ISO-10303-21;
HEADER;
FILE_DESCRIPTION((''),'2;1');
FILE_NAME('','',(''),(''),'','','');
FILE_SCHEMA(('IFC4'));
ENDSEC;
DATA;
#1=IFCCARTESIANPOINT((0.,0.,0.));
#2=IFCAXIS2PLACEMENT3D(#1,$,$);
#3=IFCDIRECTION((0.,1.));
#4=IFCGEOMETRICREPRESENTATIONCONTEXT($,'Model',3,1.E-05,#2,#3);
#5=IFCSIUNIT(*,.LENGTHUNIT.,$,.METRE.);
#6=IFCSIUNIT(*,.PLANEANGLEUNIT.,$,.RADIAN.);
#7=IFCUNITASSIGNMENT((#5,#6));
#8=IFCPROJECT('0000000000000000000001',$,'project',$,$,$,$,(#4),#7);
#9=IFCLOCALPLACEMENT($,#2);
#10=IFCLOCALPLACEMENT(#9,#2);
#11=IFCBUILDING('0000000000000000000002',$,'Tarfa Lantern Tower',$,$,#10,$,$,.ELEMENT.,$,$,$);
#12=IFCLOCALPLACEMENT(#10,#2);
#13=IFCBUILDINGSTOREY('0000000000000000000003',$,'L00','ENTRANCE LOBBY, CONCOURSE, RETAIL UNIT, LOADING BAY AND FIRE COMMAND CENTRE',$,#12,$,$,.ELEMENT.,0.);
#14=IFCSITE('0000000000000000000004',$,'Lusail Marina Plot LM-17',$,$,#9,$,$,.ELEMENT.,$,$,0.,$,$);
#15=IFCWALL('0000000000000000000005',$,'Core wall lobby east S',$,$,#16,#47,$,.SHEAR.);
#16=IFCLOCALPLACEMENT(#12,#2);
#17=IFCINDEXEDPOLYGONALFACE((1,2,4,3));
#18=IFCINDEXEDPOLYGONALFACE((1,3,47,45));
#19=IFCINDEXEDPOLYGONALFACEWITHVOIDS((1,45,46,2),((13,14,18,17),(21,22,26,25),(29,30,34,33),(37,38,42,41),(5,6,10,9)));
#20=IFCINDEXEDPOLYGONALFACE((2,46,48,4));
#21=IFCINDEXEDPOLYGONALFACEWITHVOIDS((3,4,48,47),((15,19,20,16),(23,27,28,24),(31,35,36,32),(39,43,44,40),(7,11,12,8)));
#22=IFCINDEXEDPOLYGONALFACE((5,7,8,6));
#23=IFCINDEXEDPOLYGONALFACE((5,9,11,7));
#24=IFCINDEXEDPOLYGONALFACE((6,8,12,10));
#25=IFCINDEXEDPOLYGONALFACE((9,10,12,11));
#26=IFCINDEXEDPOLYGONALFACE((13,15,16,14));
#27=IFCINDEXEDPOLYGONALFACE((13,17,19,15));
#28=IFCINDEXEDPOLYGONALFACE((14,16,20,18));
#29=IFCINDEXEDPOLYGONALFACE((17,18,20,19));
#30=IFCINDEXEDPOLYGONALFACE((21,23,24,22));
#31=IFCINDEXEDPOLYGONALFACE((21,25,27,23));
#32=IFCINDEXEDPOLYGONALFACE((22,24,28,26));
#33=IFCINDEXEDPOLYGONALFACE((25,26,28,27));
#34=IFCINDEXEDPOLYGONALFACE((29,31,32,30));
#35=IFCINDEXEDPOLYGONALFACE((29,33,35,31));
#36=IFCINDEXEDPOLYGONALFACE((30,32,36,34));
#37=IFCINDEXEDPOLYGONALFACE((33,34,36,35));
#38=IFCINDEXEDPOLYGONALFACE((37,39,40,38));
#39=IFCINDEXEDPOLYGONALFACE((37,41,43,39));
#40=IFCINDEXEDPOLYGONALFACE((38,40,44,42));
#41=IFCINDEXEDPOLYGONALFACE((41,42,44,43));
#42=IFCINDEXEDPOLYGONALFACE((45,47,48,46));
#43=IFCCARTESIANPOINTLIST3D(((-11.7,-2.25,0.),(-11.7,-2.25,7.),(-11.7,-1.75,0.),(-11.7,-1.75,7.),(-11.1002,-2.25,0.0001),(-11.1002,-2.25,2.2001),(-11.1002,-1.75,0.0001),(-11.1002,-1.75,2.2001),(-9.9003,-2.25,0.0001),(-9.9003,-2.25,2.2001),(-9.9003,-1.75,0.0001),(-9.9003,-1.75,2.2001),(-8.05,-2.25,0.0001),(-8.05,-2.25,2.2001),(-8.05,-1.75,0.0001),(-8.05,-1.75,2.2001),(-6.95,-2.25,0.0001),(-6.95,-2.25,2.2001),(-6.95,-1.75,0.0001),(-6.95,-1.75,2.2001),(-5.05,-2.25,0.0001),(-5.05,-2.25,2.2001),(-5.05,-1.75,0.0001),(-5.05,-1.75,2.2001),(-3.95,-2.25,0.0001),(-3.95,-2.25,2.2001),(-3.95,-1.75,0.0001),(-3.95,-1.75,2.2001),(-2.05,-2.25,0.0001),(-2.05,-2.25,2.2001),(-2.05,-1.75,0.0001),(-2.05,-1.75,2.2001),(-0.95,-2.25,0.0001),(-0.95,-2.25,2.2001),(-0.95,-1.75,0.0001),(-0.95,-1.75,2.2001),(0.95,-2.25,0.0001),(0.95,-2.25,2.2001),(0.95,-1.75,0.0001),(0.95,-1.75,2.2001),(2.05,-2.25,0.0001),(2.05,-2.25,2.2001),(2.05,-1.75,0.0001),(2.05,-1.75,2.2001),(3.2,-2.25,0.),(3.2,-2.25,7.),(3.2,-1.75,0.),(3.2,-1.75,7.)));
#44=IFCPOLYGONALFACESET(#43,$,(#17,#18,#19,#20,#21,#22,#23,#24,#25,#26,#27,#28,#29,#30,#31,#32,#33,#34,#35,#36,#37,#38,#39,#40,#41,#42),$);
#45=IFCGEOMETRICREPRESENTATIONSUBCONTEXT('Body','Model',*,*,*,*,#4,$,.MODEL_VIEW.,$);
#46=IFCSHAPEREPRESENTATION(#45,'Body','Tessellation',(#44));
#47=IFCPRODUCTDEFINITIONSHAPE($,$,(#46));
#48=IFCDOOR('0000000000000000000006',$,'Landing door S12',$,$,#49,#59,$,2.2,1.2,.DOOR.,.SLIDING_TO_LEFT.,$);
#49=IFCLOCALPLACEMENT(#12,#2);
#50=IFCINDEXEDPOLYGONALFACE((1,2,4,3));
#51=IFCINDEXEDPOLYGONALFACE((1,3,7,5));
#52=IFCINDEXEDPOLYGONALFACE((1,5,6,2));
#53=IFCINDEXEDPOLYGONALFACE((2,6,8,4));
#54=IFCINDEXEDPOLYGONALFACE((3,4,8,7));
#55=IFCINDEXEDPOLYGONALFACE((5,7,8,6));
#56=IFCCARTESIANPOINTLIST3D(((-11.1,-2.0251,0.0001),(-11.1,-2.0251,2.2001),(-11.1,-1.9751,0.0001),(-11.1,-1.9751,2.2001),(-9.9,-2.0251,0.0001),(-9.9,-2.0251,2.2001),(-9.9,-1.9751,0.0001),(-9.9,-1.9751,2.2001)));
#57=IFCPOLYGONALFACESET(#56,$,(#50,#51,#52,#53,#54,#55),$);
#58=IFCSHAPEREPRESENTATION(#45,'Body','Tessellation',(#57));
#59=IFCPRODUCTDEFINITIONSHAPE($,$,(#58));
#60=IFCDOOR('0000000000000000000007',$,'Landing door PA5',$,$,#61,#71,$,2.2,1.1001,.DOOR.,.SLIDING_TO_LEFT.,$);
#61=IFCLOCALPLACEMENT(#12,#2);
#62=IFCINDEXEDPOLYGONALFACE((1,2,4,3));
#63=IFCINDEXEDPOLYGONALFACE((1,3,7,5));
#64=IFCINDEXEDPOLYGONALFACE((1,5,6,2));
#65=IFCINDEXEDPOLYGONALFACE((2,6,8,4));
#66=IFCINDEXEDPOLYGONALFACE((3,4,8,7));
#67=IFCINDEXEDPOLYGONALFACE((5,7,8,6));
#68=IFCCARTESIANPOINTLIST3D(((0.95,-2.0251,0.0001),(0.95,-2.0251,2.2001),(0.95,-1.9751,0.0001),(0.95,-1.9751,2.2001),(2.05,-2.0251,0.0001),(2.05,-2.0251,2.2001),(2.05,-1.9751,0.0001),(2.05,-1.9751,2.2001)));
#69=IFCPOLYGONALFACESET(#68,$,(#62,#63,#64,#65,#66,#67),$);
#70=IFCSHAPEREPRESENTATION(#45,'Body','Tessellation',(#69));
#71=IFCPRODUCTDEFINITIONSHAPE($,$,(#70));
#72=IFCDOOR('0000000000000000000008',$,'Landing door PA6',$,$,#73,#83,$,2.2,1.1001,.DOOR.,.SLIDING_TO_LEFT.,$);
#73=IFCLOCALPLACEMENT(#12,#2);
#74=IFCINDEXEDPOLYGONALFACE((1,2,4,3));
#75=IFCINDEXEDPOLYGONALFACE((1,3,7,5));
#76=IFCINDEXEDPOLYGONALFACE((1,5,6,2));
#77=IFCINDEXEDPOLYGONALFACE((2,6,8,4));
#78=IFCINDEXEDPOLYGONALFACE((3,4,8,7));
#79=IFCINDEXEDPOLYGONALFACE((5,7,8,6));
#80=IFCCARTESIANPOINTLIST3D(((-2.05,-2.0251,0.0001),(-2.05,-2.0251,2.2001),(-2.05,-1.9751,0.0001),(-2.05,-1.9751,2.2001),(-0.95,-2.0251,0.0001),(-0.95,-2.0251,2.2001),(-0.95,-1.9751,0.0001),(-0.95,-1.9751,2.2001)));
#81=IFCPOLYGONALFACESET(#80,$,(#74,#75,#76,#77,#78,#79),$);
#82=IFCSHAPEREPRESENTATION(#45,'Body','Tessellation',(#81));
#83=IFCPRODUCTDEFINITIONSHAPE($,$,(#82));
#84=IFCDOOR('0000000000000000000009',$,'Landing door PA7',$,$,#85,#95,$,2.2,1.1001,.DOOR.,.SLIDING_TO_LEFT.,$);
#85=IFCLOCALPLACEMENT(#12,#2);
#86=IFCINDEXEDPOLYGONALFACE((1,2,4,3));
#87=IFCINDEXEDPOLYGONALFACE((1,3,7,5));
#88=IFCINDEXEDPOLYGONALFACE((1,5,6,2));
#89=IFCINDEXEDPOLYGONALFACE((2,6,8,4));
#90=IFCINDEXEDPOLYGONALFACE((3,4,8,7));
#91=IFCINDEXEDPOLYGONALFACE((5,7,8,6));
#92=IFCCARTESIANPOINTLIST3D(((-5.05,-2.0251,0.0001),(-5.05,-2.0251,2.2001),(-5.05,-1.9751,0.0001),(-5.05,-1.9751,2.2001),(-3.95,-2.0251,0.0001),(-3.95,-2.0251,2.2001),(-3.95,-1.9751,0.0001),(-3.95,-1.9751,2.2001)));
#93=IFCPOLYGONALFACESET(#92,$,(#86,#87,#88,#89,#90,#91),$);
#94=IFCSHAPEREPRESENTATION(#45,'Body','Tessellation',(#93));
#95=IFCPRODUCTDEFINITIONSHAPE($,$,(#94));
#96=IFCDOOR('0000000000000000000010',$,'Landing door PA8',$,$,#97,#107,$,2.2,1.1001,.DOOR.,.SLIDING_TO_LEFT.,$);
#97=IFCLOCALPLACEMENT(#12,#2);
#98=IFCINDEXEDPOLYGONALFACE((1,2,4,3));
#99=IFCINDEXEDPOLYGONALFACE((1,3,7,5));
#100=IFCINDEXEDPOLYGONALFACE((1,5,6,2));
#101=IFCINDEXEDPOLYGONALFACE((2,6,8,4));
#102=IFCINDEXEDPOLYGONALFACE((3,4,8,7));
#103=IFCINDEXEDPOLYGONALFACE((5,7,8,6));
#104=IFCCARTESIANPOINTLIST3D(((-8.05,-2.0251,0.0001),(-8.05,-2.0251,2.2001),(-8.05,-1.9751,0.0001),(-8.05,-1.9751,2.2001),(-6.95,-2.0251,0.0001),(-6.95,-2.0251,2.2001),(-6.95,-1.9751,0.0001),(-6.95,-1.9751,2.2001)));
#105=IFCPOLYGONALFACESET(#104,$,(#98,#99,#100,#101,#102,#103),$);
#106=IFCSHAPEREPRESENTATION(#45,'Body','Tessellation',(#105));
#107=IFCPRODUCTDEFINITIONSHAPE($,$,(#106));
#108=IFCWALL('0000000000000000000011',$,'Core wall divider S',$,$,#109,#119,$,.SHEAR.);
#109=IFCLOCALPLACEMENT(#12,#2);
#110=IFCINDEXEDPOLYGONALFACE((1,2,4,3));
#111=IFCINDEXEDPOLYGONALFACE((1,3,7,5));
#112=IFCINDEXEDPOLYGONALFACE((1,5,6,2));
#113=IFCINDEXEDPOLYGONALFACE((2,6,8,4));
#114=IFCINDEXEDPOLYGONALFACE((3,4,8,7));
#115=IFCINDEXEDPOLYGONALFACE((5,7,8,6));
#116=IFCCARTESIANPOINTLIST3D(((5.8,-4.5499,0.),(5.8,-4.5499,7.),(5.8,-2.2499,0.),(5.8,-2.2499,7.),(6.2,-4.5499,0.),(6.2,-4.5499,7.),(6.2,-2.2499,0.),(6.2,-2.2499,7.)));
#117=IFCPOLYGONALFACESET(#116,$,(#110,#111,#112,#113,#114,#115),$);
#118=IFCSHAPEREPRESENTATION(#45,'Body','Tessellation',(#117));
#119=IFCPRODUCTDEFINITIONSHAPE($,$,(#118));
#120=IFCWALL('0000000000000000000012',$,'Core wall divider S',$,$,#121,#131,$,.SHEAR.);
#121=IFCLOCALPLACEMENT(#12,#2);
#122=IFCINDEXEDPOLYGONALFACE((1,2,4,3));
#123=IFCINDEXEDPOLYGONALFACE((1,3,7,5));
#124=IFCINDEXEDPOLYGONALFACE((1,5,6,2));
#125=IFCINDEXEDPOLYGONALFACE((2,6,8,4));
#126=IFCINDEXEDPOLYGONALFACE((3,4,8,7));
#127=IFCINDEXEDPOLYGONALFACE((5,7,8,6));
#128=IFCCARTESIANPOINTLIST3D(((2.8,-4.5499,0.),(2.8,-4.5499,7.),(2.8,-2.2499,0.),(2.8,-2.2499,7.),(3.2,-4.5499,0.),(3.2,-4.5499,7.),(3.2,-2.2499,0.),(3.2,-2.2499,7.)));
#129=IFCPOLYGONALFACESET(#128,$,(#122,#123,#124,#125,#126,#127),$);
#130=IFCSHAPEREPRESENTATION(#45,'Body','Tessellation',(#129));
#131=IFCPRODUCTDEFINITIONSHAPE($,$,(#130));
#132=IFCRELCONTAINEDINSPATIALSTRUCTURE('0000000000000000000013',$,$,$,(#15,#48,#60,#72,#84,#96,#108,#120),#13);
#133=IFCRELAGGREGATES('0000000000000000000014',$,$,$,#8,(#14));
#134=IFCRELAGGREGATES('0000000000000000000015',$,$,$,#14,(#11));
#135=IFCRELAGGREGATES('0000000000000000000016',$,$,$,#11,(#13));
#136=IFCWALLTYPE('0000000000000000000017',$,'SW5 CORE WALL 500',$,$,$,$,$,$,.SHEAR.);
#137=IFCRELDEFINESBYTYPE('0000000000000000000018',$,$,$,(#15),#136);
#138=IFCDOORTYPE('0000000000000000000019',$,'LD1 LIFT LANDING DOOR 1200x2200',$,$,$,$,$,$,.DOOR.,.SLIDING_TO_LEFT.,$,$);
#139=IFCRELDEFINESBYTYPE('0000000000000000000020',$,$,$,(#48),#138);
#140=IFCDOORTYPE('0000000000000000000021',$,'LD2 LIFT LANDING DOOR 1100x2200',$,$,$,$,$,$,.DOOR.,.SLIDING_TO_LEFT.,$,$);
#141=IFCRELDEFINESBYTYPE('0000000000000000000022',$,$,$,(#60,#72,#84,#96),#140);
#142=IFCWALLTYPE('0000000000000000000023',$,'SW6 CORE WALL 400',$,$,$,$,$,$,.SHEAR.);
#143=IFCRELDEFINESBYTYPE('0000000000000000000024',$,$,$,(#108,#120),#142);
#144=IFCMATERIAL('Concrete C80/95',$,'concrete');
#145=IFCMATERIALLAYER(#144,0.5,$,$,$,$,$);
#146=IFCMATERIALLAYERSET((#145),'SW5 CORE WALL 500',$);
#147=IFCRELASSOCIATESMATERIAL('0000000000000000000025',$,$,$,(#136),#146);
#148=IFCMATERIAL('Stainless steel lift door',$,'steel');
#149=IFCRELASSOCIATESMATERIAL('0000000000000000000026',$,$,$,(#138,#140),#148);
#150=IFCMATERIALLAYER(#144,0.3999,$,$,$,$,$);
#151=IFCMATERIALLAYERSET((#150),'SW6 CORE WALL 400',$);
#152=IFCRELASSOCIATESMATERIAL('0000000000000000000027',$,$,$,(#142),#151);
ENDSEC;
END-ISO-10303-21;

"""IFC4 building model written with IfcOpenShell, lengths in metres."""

from ifc_helpers import new_model, si_unit, direction, frame, frame_2d, origin, place, context, subcontext, project, spatial, rectangle, extrude, material, layer, layer_set, type_object, element, fill, save


model = new_model("IFC4")

# Units and contexts
model_context = context("Model", 3, precision=1e-05, world=origin(), true_north=direction((0.0, 1.0)))
body_context = subcontext(model_context, "Body", "Model", "MODEL_VIEW")
ifc_project = project(units=[si_unit("LENGTHUNIT", "METRE"), si_unit("PLANEANGLEUNIT", "RADIAN")], contexts=[model_context])

# Site, building, storey
site_placement = place(None, origin())
site = spatial("IfcSite", under=ifc_project, at=site_placement, Name="Lusail Marina Plot LM-17", CompositionType="ELEMENT", RefElevation=0.0)
building_placement = place(site_placement, origin())
building = spatial("IfcBuilding", under=site, at=building_placement, Name="Tarfa Lantern Tower", CompositionType="ELEMENT")
storey_placement = place(building_placement, origin())
storey = spatial("IfcBuildingStorey", under=building, at=storey_placement, Name="L00", Description="ENTRANCE LOBBY, CONCOURSE, RETAIL UNIT, LOADING BAY AND FIRE COMMAND CENTRE", CompositionType="ELEMENT", Elevation=0.0)

# Shared definitions
ifc_material_1 = material(Name="Concrete C80/95", Category="concrete")

# Wall, openings, doors
ifc_layer_1 = layer(ifc_material_1, 0.5)
ifc_layer_set_1 = layer_set([ifc_layer_1], Name="SW5 CORE WALL 500")
wall_type_1 = type_object("IfcWallType", Name="SW5 CORE WALL 500", PredefinedType="SHEAR", material=ifc_layer_set_1)
wall_1_placement = place(storey_placement, frame((3.2, -2.0, 0.0), z_axis=(0.0, 0.0, 1.0), x_axis=(-1.0, 0.0, 0.0)))
wall_1 = element("IfcWall", 1, at=wall_1_placement, inside=storey, type_object=wall_type_1, Name="Core wall lobby east S", PredefinedType="SHEAR", context=body_context, shape_type="SweptSolid", body=[
    extrude(rectangle(XDim=14.8999, YDim=0.5, at=frame_2d((7.45, 0.0))), origin(), (0.0, 0.0, 1.0), 7.0),
])
opening_1_placement = place(wall_1_placement, frame((1.1499, 0.0, 0.0)))
opening_1 = element("IfcOpeningElement", 2, at=opening_1_placement, cuts=wall_1, PredefinedType="OPENING", context=body_context, shape_type="SweptSolid", body=[
    extrude(rectangle(XDim=1.1001, YDim=2.2, at=frame_2d((0.55, 1.1001))), frame((0.0, 0.26, 0.0), z_axis=(0.0, -1.0, 0.0), x_axis=(1.0, 0.0, 0.0)), (0.0, 0.0, 1.0), 0.52),
])
opening_2_placement = place(wall_1_placement, frame((4.1499, 0.0, 0.0)))
opening_2 = element("IfcOpeningElement", 3, at=opening_2_placement, cuts=wall_1, PredefinedType="OPENING", context=body_context, shape_type="SweptSolid", body=[
    extrude(rectangle(XDim=1.1001, YDim=2.2, at=frame_2d((0.55, 1.1001))), frame((0.0, 0.26, 0.0), z_axis=(0.0, -1.0, 0.0), x_axis=(1.0, 0.0, 0.0)), (0.0, 0.0, 1.0), 0.52),
])
opening_3_placement = place(wall_1_placement, frame((7.1499, 0.0, 0.0)))
opening_3 = element("IfcOpeningElement", 4, at=opening_3_placement, cuts=wall_1, PredefinedType="OPENING", context=body_context, shape_type="SweptSolid", body=[
    extrude(rectangle(XDim=1.1001, YDim=2.2, at=frame_2d((0.55, 1.1001))), frame((0.0, 0.26, 0.0), z_axis=(0.0, -1.0, 0.0), x_axis=(1.0, 0.0, 0.0)), (0.0, 0.0, 1.0), 0.52),
])
opening_4_placement = place(wall_1_placement, frame((10.1499, 0.0, 0.0)))
opening_4 = element("IfcOpeningElement", 5, at=opening_4_placement, cuts=wall_1, PredefinedType="OPENING", context=body_context, shape_type="SweptSolid", body=[
    extrude(rectangle(XDim=1.1001, YDim=2.2, at=frame_2d((0.55, 1.1001))), frame((0.0, 0.26, 0.0), z_axis=(0.0, -1.0, 0.0), x_axis=(1.0, 0.0, 0.0)), (0.0, 0.0, 1.0), 0.52),
])
opening_5_placement = place(wall_1_placement, frame((13.1001, 0.0, 0.0)))
opening_5 = element("IfcOpeningElement", 6, at=opening_5_placement, cuts=wall_1, PredefinedType="OPENING", context=body_context, shape_type="SweptSolid", body=[
    extrude(rectangle(XDim=1.2, YDim=2.2, at=frame_2d((0.6001, 1.1001))), frame((0.0, 0.26, 0.0), z_axis=(0.0, -1.0, 0.0), x_axis=(1.0, 0.0, 0.0)), (0.0, 0.0, 1.0), 0.52),
])
ifc_material_2 = material(Name="Stainless steel lift door", Category="steel")
door_type_1 = type_object("IfcDoorType", Name="LD1 LIFT LANDING DOOR 1200x2200", OperationType="SLIDING_TO_LEFT", PredefinedType="DOOR", material=ifc_material_2)
door_1_placement = place(opening_5_placement, frame((1.2, 0.0, 0.0), z_axis=(0.0, 0.0, 1.0), x_axis=(-1.0, 0.0, 0.0)))
door_1 = element("IfcDoor", 7, at=door_1_placement, inside=storey, type_object=door_type_1, Name="Landing door S12", OperationType="SLIDING_TO_LEFT", OverallHeight=2.2, OverallWidth=1.2, PredefinedType="DOOR", context=body_context, shape_type="SweptSolid", body=[
    extrude(rectangle(XDim=1.2, YDim=2.2, at=frame_2d((0.6001, 1.1001))), frame((0.0, 0.0249, 0.0), z_axis=(0.0, -1.0, 0.0), x_axis=(1.0, 0.0, 0.0)), (0.0, 0.0, 1.0), 0.05),
])
fill(opening_5, door_1)
door_type_2 = type_object("IfcDoorType", Name="LD2 LIFT LANDING DOOR 1100x2200", OperationType="SLIDING_TO_LEFT", PredefinedType="DOOR", material=ifc_material_2)
door_2_placement = place(opening_1_placement, frame((1.1001, 0.0, 0.0), z_axis=(0.0, 0.0, 1.0), x_axis=(-1.0, 0.0, 0.0)))
door_2 = element("IfcDoor", 8, at=door_2_placement, inside=storey, type_object=door_type_2, Name="Landing door PA5", OperationType="SLIDING_TO_LEFT", OverallHeight=2.2, OverallWidth=1.1001, PredefinedType="DOOR", context=body_context, shape_type="SweptSolid", body=[
    extrude(rectangle(XDim=1.1001, YDim=2.2, at=frame_2d((0.55, 1.1001))), frame((0.0, 0.0249, 0.0), z_axis=(0.0, -1.0, 0.0), x_axis=(1.0, 0.0, 0.0)), (0.0, 0.0, 1.0), 0.05),
])
fill(opening_1, door_2)
door_3_placement = place(opening_2_placement, frame((1.1001, 0.0, 0.0), z_axis=(0.0, 0.0, 1.0), x_axis=(-1.0, 0.0, 0.0)))
door_3 = element("IfcDoor", 9, at=door_3_placement, inside=storey, type_object=door_type_2, Name="Landing door PA6", OperationType="SLIDING_TO_LEFT", OverallHeight=2.2, OverallWidth=1.1001, PredefinedType="DOOR", context=body_context, shape_type="SweptSolid", body=[
    extrude(rectangle(XDim=1.1001, YDim=2.2, at=frame_2d((0.55, 1.1001))), frame((0.0, 0.0249, 0.0), z_axis=(0.0, -1.0, 0.0), x_axis=(1.0, 0.0, 0.0)), (0.0, 0.0, 1.0), 0.05),
])
fill(opening_2, door_3)
door_4_placement = place(opening_3_placement, frame((1.1001, 0.0, 0.0), z_axis=(0.0, 0.0, 1.0), x_axis=(-1.0, 0.0, 0.0)))
door_4 = element("IfcDoor", 10, at=door_4_placement, inside=storey, type_object=door_type_2, Name="Landing door PA7", OperationType="SLIDING_TO_LEFT", OverallHeight=2.2, OverallWidth=1.1001, PredefinedType="DOOR", context=body_context, shape_type="SweptSolid", body=[
    extrude(rectangle(XDim=1.1001, YDim=2.2, at=frame_2d((0.55, 1.1001))), frame((0.0, 0.0249, 0.0), z_axis=(0.0, -1.0, 0.0), x_axis=(1.0, 0.0, 0.0)), (0.0, 0.0, 1.0), 0.05),
])
fill(opening_3, door_4)
door_5_placement = place(opening_4_placement, frame((1.1001, 0.0, 0.0), z_axis=(0.0, 0.0, 1.0), x_axis=(-1.0, 0.0, 0.0)))
door_5 = element("IfcDoor", 11, at=door_5_placement, inside=storey, type_object=door_type_2, Name="Landing door PA8", OperationType="SLIDING_TO_LEFT", OverallHeight=2.2, OverallWidth=1.1001, PredefinedType="DOOR", context=body_context, shape_type="SweptSolid", body=[
    extrude(rectangle(XDim=1.1001, YDim=2.2, at=frame_2d((0.55, 1.1001))), frame((0.0, 0.0249, 0.0), z_axis=(0.0, -1.0, 0.0), x_axis=(1.0, 0.0, 0.0)), (0.0, 0.0, 1.0), 0.05),
])
fill(opening_4, door_5)

# Walls
ifc_layer_2 = layer(ifc_material_1, 0.3999)
ifc_layer_set_2 = layer_set([ifc_layer_2], Name="SW6 CORE WALL 400")
wall_type_2 = type_object("IfcWallType", Name="SW6 CORE WALL 400", PredefinedType="SHEAR", material=ifc_layer_set_2)
for number, where, z_axis, x_axis, name in (
    (12, (6.0, -2.25, 0.0), (0.0, 0.0, 1.0), (0.0, -1.0, 0.0), "Core wall divider S"),
    (13, (3.0, -2.25, 0.0), (0.0, 0.0, 1.0), (0.0, -1.0, 0.0), "Core wall divider S"),
):
    element("IfcWall", number, at=place(storey_placement, frame(where, z_axis=z_axis, x_axis=x_axis)), inside=storey, type_object=wall_type_2, Name=name, PredefinedType="SHEAR", context=body_context, shape_type="SweptSolid", body=[
        extrude(rectangle(XDim=2.3, YDim=0.3999, at=frame_2d((1.1499, 0.0))), origin(), (0.0, 0.0, 1.0), 7.0),
    ])

save(model, "model.ifc")
